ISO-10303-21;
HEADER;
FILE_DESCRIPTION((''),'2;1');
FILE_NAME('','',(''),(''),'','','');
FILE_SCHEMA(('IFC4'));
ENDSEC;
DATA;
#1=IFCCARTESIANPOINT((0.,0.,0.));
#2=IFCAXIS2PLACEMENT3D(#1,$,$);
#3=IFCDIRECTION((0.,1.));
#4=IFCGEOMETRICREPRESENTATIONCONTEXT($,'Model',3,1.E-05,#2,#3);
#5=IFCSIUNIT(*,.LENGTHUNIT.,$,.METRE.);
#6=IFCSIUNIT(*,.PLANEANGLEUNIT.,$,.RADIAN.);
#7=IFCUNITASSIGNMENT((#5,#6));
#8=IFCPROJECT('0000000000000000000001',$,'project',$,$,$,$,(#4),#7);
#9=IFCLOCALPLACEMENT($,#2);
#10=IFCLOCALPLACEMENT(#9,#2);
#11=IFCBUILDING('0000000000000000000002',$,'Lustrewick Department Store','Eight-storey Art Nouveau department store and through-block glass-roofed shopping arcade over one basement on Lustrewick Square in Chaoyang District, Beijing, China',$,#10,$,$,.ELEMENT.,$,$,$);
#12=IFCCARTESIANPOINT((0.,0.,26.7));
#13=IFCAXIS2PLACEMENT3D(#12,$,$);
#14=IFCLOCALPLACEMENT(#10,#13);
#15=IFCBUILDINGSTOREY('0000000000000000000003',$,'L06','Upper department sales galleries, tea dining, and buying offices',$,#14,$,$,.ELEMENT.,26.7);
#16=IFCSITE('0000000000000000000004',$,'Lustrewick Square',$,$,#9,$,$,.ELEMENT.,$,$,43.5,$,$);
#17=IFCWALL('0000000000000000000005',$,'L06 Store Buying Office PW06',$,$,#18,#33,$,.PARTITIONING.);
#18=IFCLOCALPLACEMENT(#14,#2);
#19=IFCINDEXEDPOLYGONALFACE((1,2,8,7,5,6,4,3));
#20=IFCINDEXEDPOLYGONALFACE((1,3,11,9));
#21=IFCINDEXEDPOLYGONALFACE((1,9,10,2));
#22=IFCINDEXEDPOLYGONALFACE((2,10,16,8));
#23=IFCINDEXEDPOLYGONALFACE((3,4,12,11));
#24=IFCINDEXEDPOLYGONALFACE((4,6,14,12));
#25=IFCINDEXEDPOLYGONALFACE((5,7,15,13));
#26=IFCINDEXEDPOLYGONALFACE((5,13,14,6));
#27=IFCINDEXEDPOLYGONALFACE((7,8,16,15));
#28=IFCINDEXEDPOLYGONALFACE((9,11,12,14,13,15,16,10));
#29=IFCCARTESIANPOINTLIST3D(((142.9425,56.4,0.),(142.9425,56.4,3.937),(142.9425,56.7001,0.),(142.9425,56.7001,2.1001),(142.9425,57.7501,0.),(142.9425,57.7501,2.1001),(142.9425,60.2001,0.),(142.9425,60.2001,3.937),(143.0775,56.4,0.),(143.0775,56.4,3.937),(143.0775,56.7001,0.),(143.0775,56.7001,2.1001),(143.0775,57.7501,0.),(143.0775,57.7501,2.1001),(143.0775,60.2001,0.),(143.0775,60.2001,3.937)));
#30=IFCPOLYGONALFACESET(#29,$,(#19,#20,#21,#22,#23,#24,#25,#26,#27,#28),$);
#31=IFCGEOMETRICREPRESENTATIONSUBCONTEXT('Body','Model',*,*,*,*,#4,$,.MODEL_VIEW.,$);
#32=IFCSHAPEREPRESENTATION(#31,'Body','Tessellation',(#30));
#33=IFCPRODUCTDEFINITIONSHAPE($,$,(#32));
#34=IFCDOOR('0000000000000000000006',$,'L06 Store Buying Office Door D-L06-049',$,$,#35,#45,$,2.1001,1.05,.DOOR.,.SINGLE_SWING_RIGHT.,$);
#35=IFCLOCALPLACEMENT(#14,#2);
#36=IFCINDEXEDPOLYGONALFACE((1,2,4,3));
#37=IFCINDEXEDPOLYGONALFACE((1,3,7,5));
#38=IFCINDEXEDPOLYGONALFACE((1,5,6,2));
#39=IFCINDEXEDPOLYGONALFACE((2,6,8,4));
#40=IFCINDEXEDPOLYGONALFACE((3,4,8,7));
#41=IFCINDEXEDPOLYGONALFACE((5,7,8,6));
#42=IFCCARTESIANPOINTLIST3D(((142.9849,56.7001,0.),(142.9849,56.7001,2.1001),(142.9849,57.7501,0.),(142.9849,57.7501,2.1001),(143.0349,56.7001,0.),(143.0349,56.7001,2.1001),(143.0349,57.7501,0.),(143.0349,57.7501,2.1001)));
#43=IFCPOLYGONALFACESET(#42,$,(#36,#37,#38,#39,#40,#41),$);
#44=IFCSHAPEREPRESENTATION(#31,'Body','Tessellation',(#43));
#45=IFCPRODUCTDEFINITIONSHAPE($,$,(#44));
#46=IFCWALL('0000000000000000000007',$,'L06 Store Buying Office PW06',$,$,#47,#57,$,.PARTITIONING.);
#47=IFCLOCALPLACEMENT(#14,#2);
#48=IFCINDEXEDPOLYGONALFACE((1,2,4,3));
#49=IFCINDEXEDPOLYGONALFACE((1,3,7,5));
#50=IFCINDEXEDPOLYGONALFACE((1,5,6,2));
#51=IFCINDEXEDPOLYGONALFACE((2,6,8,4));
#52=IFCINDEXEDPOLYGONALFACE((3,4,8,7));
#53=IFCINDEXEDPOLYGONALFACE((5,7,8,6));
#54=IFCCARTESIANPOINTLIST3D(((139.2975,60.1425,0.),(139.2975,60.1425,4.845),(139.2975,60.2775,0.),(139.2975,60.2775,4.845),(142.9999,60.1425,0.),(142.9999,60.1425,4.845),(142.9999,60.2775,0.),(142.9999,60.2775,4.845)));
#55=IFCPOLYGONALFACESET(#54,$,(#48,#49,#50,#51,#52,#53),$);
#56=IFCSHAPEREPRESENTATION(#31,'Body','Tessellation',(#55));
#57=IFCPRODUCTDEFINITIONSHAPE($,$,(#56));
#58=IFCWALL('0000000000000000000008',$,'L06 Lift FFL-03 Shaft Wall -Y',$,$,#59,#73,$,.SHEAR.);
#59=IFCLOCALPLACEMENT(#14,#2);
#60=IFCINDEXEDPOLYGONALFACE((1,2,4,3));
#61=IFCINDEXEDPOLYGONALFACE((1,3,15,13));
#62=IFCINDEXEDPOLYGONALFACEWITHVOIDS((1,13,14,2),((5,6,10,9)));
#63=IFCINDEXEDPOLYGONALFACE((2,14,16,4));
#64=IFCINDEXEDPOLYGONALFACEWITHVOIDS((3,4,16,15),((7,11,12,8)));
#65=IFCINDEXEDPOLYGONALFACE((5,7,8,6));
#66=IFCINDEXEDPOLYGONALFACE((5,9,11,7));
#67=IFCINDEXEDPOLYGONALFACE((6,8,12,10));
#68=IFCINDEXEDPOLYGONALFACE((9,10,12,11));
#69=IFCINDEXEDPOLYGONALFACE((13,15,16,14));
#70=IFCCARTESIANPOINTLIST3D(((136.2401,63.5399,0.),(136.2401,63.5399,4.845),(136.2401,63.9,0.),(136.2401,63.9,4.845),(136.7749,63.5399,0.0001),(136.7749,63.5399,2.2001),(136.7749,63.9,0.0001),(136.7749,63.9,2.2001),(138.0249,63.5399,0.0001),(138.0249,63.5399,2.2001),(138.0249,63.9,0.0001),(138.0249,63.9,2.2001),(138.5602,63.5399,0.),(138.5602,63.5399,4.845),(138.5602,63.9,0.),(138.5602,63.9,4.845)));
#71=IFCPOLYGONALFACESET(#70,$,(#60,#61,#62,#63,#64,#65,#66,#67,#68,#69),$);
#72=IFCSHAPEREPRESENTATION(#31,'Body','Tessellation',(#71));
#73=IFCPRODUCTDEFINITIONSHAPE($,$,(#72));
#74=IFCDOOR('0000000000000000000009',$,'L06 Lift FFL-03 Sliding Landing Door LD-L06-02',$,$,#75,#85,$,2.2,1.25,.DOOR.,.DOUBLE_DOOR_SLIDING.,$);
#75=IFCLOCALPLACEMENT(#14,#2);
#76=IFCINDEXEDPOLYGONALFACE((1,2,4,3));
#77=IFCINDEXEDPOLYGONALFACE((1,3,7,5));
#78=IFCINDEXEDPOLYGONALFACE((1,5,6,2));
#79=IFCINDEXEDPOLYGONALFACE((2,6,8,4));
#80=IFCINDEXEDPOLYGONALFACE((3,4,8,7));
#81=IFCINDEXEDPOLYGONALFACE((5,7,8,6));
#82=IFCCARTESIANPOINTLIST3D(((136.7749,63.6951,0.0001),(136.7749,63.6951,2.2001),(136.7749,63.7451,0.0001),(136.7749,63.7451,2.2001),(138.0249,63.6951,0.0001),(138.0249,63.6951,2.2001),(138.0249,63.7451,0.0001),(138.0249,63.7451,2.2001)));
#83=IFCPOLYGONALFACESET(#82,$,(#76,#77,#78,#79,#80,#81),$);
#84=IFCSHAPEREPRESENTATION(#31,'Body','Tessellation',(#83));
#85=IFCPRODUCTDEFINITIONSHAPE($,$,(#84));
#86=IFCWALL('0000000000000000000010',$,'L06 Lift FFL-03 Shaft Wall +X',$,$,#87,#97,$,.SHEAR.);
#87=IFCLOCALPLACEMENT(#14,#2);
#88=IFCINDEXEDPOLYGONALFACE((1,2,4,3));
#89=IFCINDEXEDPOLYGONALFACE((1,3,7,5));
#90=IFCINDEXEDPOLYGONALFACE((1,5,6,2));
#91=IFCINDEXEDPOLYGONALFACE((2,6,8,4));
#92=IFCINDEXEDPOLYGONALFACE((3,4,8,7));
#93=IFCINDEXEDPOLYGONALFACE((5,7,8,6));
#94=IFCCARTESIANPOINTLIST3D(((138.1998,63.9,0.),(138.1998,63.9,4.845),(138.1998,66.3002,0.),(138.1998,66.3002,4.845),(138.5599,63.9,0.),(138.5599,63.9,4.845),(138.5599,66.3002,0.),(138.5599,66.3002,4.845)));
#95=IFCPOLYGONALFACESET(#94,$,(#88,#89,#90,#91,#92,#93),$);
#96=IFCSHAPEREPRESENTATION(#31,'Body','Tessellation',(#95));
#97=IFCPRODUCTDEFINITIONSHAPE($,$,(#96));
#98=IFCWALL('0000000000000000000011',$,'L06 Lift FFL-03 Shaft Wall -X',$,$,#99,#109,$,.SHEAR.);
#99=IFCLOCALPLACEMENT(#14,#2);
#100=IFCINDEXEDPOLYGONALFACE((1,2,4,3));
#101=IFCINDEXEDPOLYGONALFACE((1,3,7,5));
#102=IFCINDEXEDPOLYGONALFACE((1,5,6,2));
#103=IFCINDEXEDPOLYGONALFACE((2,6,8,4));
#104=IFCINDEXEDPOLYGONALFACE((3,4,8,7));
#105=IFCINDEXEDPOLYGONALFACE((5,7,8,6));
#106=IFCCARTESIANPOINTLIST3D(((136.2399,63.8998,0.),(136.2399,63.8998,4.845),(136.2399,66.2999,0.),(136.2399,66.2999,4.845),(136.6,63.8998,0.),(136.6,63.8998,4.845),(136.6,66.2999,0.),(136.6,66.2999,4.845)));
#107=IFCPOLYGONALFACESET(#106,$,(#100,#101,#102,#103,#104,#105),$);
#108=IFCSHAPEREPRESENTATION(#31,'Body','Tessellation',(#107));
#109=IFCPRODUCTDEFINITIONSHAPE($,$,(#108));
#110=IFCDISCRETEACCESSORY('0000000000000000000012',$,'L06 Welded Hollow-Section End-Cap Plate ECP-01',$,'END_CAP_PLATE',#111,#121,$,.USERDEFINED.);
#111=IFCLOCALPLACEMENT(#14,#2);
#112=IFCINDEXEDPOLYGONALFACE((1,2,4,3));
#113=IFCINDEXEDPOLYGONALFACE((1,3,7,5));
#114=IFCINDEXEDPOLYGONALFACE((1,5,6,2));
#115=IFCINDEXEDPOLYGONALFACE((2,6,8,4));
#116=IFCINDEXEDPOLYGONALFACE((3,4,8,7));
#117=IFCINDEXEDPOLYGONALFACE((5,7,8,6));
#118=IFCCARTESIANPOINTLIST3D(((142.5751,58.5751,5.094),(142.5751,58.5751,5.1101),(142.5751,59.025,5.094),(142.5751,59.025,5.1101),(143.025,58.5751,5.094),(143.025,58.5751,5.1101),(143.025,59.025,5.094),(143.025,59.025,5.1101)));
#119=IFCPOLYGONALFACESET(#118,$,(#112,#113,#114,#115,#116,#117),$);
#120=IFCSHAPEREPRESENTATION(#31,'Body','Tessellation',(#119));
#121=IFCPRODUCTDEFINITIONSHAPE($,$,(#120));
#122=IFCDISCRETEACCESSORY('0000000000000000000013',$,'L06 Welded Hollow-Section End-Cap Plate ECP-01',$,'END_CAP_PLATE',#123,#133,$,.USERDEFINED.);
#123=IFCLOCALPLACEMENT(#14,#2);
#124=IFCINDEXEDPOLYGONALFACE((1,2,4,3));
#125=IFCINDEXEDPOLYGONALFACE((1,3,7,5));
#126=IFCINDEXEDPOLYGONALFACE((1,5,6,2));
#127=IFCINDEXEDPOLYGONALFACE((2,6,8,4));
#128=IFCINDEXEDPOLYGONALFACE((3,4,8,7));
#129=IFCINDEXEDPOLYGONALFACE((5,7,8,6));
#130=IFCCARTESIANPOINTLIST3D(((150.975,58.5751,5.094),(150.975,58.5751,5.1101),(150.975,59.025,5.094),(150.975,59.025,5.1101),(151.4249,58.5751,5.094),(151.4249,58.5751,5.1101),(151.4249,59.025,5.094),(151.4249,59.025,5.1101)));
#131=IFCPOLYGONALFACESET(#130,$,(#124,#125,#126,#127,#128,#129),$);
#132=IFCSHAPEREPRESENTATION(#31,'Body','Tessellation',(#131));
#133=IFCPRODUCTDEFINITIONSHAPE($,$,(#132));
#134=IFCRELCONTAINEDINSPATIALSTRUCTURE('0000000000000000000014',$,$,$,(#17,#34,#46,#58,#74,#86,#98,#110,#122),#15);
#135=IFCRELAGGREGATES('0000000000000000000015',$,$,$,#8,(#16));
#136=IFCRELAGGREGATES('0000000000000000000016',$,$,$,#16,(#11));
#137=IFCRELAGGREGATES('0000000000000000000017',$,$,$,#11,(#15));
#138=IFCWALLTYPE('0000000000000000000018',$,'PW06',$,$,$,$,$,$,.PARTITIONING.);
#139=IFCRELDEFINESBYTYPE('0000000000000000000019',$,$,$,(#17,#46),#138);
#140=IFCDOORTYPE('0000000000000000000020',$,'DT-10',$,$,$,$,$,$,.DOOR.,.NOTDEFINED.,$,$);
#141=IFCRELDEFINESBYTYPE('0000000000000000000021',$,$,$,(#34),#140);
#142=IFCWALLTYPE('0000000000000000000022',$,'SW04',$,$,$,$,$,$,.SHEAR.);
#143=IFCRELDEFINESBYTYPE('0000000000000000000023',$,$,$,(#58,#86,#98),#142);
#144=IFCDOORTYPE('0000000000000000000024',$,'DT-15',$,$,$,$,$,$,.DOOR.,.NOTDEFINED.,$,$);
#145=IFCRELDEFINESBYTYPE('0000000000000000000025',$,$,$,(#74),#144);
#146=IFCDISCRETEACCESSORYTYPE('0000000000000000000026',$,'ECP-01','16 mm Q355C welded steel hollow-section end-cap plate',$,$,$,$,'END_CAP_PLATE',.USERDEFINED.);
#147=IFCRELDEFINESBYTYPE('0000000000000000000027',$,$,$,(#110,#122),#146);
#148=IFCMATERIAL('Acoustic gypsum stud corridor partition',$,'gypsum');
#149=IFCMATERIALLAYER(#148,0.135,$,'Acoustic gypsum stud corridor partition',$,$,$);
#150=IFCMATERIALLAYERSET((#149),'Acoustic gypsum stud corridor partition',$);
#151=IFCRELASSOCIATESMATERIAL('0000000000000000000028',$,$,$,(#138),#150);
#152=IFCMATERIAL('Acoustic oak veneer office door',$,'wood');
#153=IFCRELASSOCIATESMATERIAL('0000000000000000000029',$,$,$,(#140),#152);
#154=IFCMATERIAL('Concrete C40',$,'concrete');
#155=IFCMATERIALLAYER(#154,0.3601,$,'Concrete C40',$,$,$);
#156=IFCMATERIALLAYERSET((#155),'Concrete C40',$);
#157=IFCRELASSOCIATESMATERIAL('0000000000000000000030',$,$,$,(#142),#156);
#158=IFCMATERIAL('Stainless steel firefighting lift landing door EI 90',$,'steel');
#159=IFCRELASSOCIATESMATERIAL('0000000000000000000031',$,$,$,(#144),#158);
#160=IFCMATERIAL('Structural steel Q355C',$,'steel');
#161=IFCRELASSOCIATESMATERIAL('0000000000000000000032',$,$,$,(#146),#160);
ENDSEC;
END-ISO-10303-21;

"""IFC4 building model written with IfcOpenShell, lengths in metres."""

from ifc_helpers import new_model, si_unit, direction, frame, frame_2d, origin, origin_2d, place, context, subcontext, project, spatial, rectangle, extrude, material, layer, layer_set, type_object, element, fill, save


model = new_model("IFC4")

# Units and contexts
model_context = context("Model", 3, precision=1e-05, world=origin(), true_north=direction((0.0, 1.0)))
body_context = subcontext(model_context, "Body", "Model", "MODEL_VIEW")
ifc_project = project(units=[si_unit("LENGTHUNIT", "METRE"), si_unit("PLANEANGLEUNIT", "RADIAN")], contexts=[model_context])

# Site, building, storey
site_placement = place(None, origin())
site = spatial("IfcSite", under=ifc_project, at=site_placement, Name="Lustrewick Square", CompositionType="ELEMENT", RefElevation=43.5)
building_placement = place(site_placement, origin())
building = spatial("IfcBuilding", under=site, at=building_placement, Name="Lustrewick Department Store", Description="Eight-storey Art Nouveau department store and through-block glass-roofed shopping arcade over one basement on Lustrewick Square in Chaoyang District, Beijing, China", CompositionType="ELEMENT")
storey_placement = place(building_placement, frame((0.0, 0.0, 26.7)))
storey = spatial("IfcBuildingStorey", under=building, at=storey_placement, Name="L06", Description="Upper department sales galleries, tea dining, and buying offices", CompositionType="ELEMENT", Elevation=26.7)

# Shared definitions
ifc_material_1 = material(Name="Structural steel Q355C", Category="steel")

# Wall, opening, door
ifc_material_2 = material(Name="Acoustic gypsum stud corridor partition", Category="gypsum")
ifc_layer_1 = layer(ifc_material_2, 0.135, Name="Acoustic gypsum stud corridor partition")
ifc_layer_set_1 = layer_set([ifc_layer_1], Name="Acoustic gypsum stud corridor partition")
wall_type_1 = type_object("IfcWallType", Name="PW06", PredefinedType="PARTITIONING", material=ifc_layer_set_1)
wall_1_placement = place(storey_placement, frame((143.01, 60.2, 0.0), z_axis=(0.0, 0.0, 1.0), x_axis=(0.0, -1.0, 0.0)))
wall_1 = element("IfcWall", 1, at=wall_1_placement, inside=storey, type_object=wall_type_1, Name="L06 Store Buying Office PW06", PredefinedType="PARTITIONING", context=body_context, shape_type="SweptSolid", body=[
    extrude(rectangle(XDim=3.8, YDim=0.135, at=frame_2d((1.8999, 0.0))), origin(), (0.0, 0.0, 1.0), 3.937),
])
opening_1_placement = place(wall_1_placement, frame((2.45, 0.0, 0.0)))
opening_1 = element("IfcOpeningElement", 2, at=opening_1_placement, cuts=wall_1, PredefinedType="OPENING", context=body_context, shape_type="SweptSolid", body=[
    extrude(rectangle(XDim=1.05, YDim=2.1001, at=frame_2d((0.5249, 1.05))), frame((0.0, 0.0776, 0.0), z_axis=(0.0, -1.0, 0.0), x_axis=(1.0, 0.0, 0.0)), (0.0, 0.0, 1.0), 0.155),
])
ifc_material_3 = material(Name="Acoustic oak veneer office door", Category="wood")
door_type_1 = type_object("IfcDoorType", Name="DT-10", OperationType="NOTDEFINED", PredefinedType="DOOR", material=ifc_material_3)
door_1_placement = place(opening_1_placement, origin())
door_1 = element("IfcDoor", 3, at=door_1_placement, inside=storey, type_object=door_type_1, Name="L06 Store Buying Office Door D-L06-049", OperationType="SINGLE_SWING_RIGHT", OverallHeight=2.1001, OverallWidth=1.05, PredefinedType="DOOR", context=body_context, shape_type="SweptSolid", body=[
    extrude(rectangle(XDim=1.05, YDim=2.1001, at=frame_2d((0.5249, 1.05))), frame((0.0, 0.0249, 0.0), z_axis=(0.0, -1.0, 0.0), x_axis=(1.0, 0.0, 0.0)), (0.0, 0.0, 1.0), 0.05),
])
fill(opening_1, door_1)

# Wall
wall_2_placement = place(storey_placement, frame((139.2976, 60.21, 0.0), z_axis=(0.0, 0.0, 1.0), x_axis=(1.0, 0.0, 0.0)))
element("IfcWall", 4, at=wall_2_placement, inside=storey, type_object=wall_type_1, Name="L06 Store Buying Office PW06", PredefinedType="PARTITIONING", context=body_context, shape_type="SweptSolid", body=[
    extrude(rectangle(XDim=3.7024, YDim=0.135, at=frame_2d((1.8511, 0.0))), origin(), (0.0, 0.0, 1.0), 4.845),
])

# Wall, opening, door
ifc_material_4 = material(Name="Concrete C40", Category="concrete")
ifc_layer_2 = layer(ifc_material_4, 0.3601, Name="Concrete C40")
ifc_layer_set_2 = layer_set([ifc_layer_2], Name="Concrete C40")
wall_type_2 = type_object("IfcWallType", Name="SW04", PredefinedType="SHEAR", material=ifc_layer_set_2)
wall_3_placement = place(storey_placement, frame((136.24, 63.72, 0.0), z_axis=(0.0, 0.0, 1.0), x_axis=(1.0, 0.0, 0.0)))
wall_3 = element("IfcWall", 5, at=wall_3_placement, inside=storey, type_object=wall_type_2, Name="L06 Lift FFL-03 Shaft Wall -Y", PredefinedType="SHEAR", context=body_context, shape_type="SweptSolid", body=[
    extrude(rectangle(XDim=2.3201, YDim=0.3601, at=frame_2d((1.1602, 0.0))), origin(), (0.0, 0.0, 1.0), 4.845),
])
opening_2_placement = place(wall_3_placement, frame((0.5349, 0.0, 0.0)))
opening_2 = element("IfcOpeningElement", 6, at=opening_2_placement, cuts=wall_3, PredefinedType="OPENING", context=body_context, shape_type="SweptSolid", body=[
    extrude(rectangle(XDim=1.25, YDim=2.2, at=frame_2d((0.625, 1.1001))), frame((0.0, 0.1899, 0.0), z_axis=(0.0, -1.0, 0.0), x_axis=(1.0, 0.0, 0.0)), (0.0, 0.0, 1.0), 0.3801),
])
ifc_material_5 = material(Name="Stainless steel firefighting lift landing door EI 90", Category="steel")
door_type_2 = type_object("IfcDoorType", Name="DT-15", OperationType="NOTDEFINED", PredefinedType="DOOR", material=ifc_material_5)
door_2_placement = place(opening_2_placement, frame((1.25, 0.0, 0.0), z_axis=(0.0, 0.0, 1.0), x_axis=(-1.0, 0.0, 0.0)))
door_2 = element("IfcDoor", 7, at=door_2_placement, inside=storey, type_object=door_type_2, Name="L06 Lift FFL-03 Sliding Landing Door LD-L06-02", OperationType="DOUBLE_DOOR_SLIDING", OverallHeight=2.2, OverallWidth=1.25, PredefinedType="DOOR", context=body_context, shape_type="SweptSolid", body=[
    extrude(rectangle(XDim=1.25, YDim=2.2, at=frame_2d((0.625, 1.1001))), frame((0.0, 0.0249, 0.0), z_axis=(0.0, -1.0, 0.0), x_axis=(1.0, 0.0, 0.0)), (0.0, 0.0, 1.0), 0.05),
])
fill(opening_2, door_2)

# Walls
wall_4_placement = place(storey_placement, frame((138.3799, 63.8999, 0.0), z_axis=(0.0, 0.0, 1.0), x_axis=(0.0, 1.0, 0.0)))
element("IfcWall", 8, at=wall_4_placement, inside=storey, type_object=wall_type_2, Name="L06 Lift FFL-03 Shaft Wall +X", PredefinedType="SHEAR", context=body_context, shape_type="SweptSolid", body=[
    extrude(rectangle(XDim=2.4001, YDim=0.3601, at=frame_2d((1.2002, 0.0))), origin(), (0.0, 0.0, 1.0), 4.845),
])
wall_5_placement = place(storey_placement, frame((136.4199, 66.3, 0.0), z_axis=(0.0, 0.0, 1.0), x_axis=(0.0, -1.0, 0.0)))
element("IfcWall", 9, at=wall_5_placement, inside=storey, type_object=wall_type_2, Name="L06 Lift FFL-03 Shaft Wall -X", PredefinedType="SHEAR", context=body_context, shape_type="SweptSolid", body=[
    extrude(rectangle(XDim=2.4001, YDim=0.3601, at=frame_2d((1.2002, 0.0))), origin(), (0.0, 0.0, 1.0), 4.845),
])

# Discrete accessories
discrete_accessory_type = type_object("IfcDiscreteAccessoryType", Name="ECP-01", Description="16 mm Q355C welded steel hollow-section end-cap plate", ElementType="END_CAP_PLATE", PredefinedType="USERDEFINED", material=ifc_material_1)
for number, where, z_axis, x_axis, name in (
    (10, (142.8, 58.8, 5.094), (0.0, 0.0, 1.0), (1.0, 0.0, 0.0), "L06 Welded Hollow-Section End-Cap Plate ECP-01"),
    (11, (151.2, 58.8, 5.094), (0.0, 0.0, 1.0), (1.0, 0.0, 0.0), "L06 Welded Hollow-Section End-Cap Plate ECP-01"),
):
    element("IfcDiscreteAccessory", number, at=place(storey_placement, frame(where, z_axis=z_axis, x_axis=x_axis)), inside=storey, type_object=discrete_accessory_type, Name=name, ObjectType="END_CAP_PLATE", PredefinedType="USERDEFINED", context=body_context, shape_type="SweptSolid", body=[
        extrude(rectangle(XDim=0.45, YDim=0.45, at=origin_2d()), origin(), (0.0, 0.0, 1.0), 0.0161),
    ])

save(model, "model.ifc")
